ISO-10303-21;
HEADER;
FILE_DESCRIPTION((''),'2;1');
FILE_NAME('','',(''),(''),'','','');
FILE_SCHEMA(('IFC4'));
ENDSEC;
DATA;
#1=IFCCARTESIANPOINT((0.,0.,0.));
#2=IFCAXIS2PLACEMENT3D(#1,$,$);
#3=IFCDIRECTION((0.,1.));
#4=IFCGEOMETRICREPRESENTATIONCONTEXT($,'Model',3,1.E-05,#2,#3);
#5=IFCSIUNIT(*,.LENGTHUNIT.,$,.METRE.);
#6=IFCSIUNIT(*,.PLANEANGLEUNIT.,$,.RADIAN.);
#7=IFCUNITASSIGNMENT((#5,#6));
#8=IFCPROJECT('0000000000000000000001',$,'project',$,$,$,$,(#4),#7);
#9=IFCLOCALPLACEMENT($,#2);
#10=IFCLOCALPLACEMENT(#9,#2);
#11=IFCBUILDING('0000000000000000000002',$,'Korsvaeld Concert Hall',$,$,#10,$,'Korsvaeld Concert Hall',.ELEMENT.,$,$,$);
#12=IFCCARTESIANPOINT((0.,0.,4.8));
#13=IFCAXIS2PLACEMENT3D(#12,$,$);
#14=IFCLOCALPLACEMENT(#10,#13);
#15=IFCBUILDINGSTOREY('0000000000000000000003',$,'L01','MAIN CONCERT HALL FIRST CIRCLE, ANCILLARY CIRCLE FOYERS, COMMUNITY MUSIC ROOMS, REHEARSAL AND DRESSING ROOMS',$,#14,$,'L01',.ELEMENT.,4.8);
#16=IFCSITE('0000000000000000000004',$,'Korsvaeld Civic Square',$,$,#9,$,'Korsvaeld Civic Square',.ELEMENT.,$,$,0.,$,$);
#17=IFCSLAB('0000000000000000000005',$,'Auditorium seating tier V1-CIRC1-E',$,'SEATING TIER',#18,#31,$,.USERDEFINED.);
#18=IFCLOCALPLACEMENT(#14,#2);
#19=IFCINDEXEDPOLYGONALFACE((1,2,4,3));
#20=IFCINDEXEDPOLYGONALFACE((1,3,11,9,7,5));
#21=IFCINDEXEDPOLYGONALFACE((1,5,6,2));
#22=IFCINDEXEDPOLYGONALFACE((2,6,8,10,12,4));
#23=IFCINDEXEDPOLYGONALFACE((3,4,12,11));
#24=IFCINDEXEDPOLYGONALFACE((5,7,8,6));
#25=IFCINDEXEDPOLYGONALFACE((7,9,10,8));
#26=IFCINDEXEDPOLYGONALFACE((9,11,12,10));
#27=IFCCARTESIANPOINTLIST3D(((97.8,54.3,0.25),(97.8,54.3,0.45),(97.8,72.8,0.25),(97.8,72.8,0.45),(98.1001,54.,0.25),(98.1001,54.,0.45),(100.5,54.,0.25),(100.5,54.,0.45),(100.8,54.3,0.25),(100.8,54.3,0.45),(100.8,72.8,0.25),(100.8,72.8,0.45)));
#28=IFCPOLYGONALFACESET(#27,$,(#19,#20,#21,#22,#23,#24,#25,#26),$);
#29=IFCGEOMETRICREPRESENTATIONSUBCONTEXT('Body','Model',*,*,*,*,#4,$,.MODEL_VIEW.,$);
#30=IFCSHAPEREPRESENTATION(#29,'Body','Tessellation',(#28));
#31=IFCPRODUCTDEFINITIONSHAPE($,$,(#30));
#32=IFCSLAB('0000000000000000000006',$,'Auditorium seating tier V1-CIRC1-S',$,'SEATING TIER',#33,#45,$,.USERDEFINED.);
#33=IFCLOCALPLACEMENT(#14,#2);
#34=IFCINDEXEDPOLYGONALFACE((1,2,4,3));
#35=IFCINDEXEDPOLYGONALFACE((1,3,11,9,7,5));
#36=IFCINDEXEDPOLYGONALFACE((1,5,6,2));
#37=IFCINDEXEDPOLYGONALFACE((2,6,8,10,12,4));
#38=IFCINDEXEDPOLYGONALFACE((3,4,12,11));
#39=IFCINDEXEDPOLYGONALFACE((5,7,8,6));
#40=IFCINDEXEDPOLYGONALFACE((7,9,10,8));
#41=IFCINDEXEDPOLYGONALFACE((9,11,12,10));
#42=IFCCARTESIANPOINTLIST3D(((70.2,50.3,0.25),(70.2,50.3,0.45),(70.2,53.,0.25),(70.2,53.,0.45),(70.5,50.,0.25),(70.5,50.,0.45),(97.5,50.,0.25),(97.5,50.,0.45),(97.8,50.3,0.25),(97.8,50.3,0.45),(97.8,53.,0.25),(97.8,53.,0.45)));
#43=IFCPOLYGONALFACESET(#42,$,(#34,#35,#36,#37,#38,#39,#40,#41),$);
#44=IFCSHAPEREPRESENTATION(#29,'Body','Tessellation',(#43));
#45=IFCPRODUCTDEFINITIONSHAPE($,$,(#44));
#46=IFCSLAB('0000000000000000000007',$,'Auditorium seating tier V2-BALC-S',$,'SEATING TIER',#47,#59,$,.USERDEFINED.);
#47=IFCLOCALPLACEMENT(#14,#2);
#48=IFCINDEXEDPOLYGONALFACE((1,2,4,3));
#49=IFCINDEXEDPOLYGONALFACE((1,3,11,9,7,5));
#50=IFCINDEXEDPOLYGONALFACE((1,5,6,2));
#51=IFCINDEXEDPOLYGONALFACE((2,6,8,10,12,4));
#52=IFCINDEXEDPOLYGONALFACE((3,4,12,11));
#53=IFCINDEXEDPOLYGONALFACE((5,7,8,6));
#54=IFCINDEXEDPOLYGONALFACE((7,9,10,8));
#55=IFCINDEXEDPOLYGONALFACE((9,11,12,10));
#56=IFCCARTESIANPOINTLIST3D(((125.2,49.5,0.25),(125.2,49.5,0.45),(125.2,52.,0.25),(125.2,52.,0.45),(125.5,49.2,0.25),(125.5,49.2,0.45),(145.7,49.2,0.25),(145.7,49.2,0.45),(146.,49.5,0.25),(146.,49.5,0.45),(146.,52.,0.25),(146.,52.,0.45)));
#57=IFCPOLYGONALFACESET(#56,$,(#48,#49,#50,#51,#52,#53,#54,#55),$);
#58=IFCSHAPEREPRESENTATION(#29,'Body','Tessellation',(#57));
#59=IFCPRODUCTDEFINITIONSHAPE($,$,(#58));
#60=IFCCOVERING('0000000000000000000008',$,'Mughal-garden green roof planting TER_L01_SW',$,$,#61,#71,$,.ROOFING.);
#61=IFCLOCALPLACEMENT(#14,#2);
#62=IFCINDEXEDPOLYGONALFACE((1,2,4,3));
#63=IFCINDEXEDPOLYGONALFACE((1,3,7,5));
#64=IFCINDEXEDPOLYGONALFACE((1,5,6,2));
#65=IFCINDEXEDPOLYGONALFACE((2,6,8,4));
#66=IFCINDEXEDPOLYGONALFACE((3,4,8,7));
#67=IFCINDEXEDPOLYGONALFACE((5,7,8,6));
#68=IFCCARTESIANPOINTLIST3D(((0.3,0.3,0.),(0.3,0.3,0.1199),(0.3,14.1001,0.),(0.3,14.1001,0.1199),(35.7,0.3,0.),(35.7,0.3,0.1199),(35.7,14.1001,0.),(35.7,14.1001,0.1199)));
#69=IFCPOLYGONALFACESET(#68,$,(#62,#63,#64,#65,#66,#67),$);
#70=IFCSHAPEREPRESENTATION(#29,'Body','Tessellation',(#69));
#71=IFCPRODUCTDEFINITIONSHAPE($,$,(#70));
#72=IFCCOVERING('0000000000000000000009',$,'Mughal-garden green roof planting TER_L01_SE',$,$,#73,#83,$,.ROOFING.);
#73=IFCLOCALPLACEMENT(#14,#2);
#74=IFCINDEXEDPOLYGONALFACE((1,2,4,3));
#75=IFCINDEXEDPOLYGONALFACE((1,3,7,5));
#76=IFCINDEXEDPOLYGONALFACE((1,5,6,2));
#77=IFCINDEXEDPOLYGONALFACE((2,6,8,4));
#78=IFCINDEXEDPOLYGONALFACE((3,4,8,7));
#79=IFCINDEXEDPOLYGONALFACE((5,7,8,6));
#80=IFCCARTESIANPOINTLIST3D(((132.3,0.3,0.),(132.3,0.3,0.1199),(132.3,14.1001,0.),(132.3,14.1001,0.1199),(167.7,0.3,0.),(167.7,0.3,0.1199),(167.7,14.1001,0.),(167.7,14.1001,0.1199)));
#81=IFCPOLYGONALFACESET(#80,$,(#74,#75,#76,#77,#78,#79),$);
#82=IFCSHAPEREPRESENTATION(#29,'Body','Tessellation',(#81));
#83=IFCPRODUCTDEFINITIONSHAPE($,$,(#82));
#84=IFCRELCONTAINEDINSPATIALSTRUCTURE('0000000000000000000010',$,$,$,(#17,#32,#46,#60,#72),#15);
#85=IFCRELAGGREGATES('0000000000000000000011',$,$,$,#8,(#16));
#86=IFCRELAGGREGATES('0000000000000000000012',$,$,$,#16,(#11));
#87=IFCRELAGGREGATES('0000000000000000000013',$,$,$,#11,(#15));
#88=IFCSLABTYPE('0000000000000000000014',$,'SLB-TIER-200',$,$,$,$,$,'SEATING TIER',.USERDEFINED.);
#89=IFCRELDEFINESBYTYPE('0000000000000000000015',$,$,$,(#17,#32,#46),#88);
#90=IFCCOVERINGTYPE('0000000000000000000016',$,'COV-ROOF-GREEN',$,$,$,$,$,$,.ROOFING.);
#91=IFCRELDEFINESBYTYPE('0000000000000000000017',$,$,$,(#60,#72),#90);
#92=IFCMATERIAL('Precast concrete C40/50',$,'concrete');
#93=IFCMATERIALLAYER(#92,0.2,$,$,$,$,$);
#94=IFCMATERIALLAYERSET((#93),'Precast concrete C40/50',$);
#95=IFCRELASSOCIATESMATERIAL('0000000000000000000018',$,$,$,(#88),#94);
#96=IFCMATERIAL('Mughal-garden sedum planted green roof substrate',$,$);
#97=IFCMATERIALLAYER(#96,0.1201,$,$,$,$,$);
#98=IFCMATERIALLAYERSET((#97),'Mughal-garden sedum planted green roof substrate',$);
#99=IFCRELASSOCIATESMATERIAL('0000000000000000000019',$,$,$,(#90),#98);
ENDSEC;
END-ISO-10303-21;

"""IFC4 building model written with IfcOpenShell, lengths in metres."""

from ifc_helpers import new_model, si_unit, direction, frame, origin, place, context, subcontext, project, spatial, polyline, outline, extrude, material, layer, layer_set, type_object, element, save


model = new_model("IFC4")

# Units and contexts
model_context = context("Model", 3, precision=1e-05, world=origin(), true_north=direction((0.0, 1.0)))
body_context = subcontext(model_context, "Body", "Model", "MODEL_VIEW")
ifc_project = project(units=[si_unit("LENGTHUNIT", "METRE"), si_unit("PLANEANGLEUNIT", "RADIAN")], contexts=[model_context])

# Site, building, storey
site_placement = place(None, origin())
site = spatial("IfcSite", under=ifc_project, at=site_placement, Name="Korsvaeld Civic Square", LongName="Korsvaeld Civic Square", CompositionType="ELEMENT", RefElevation=0.0)
building_placement = place(site_placement, origin())
building = spatial("IfcBuilding", under=site, at=building_placement, Name="Korsvaeld Concert Hall", LongName="Korsvaeld Concert Hall", CompositionType="ELEMENT")
storey_placement = place(building_placement, frame((0.0, 0.0, 4.8)))
storey = spatial("IfcBuildingStorey", under=building, at=storey_placement, Name="L01", Description="MAIN CONCERT HALL FIRST CIRCLE, ANCILLARY CIRCLE FOYERS, COMMUNITY MUSIC ROOMS, REHEARSAL AND DRESSING ROOMS", LongName="L01", CompositionType="ELEMENT", Elevation=4.8)

# Shared definitions
ifc_material_1 = material(Name="Precast concrete C40/50", Category="concrete")

# Slabs
ifc_layer_1 = layer(ifc_material_1, 0.2)
ifc_layer_set_1 = layer_set([ifc_layer_1], Name="Precast concrete C40/50")
slab_type_1 = type_object("IfcSlabType", Name="SLB-TIER-200", ElementType="SEATING TIER", PredefinedType="USERDEFINED", material=ifc_layer_set_1)
slab_1_placement = place(storey_placement, frame((0.0, 0.0, 0.25)))
element("IfcSlab", 1, at=slab_1_placement, inside=storey, type_object=slab_type_1, Name="Auditorium seating tier V1-CIRC1-E", ObjectType="SEATING TIER", PredefinedType="USERDEFINED", context=body_context, shape_type="SweptSolid", body=[
    extrude(outline(polyline([(97.8, 54.3), (98.1001, 54.0), (100.5, 54.0), (100.8, 54.3), (100.8, 72.8), (97.8, 72.8), (97.8, 54.3)])), origin(), (0.0, 0.0, 1.0), 0.2),
])
slab_2_placement = place(storey_placement, frame((0.0, 0.0, 0.25)))
element("IfcSlab", 2, at=slab_2_placement, inside=storey, type_object=slab_type_1, Name="Auditorium seating tier V1-CIRC1-S", ObjectType="SEATING TIER", PredefinedType="USERDEFINED", context=body_context, shape_type="SweptSolid", body=[
    extrude(outline(polyline([(70.2, 50.3), (70.5, 50.0), (97.5, 50.0), (97.8, 50.3), (97.8, 53.0), (70.2, 53.0), (70.2, 50.3)])), origin(), (0.0, 0.0, 1.0), 0.2),
])
slab_3_placement = place(storey_placement, frame((0.0, 0.0, 0.25)))
element("IfcSlab", 3, at=slab_3_placement, inside=storey, type_object=slab_type_1, Name="Auditorium seating tier V2-BALC-S", ObjectType="SEATING TIER", PredefinedType="USERDEFINED", context=body_context, shape_type="SweptSolid", body=[
    extrude(outline(polyline([(125.2, 49.5), (125.5, 49.2), (145.7, 49.2), (146.0, 49.5), (146.0, 52.0), (125.2, 52.0), (125.2, 49.5)])), origin(), (0.0, 0.0, 1.0), 0.2),
])

# Coverings
ifc_material_2 = material(Name="Mughal-garden sedum planted green roof substrate")
ifc_layer_2 = layer(ifc_material_2, 0.1201)
ifc_layer_set_2 = layer_set([ifc_layer_2], Name="Mughal-garden sedum planted green roof substrate")
covering_type = type_object("IfcCoveringType", Name="COV-ROOF-GREEN", PredefinedType="ROOFING", material=ifc_layer_set_2)
covering_1_placement = place(storey_placement, origin())
element("IfcCovering", 4, at=covering_1_placement, inside=storey, type_object=covering_type, Name="Mughal-garden green roof planting TER_L01_SW", PredefinedType="ROOFING", context=body_context, shape_type="SweptSolid", body=[
    extrude(outline(polyline([(35.7, 0.3), (35.7, 14.1001), (0.3, 14.1001), (0.3, 0.3), (35.7, 0.3)])), origin(), (0.0, 0.0, 1.0), 0.1199),
])
covering_2_placement = place(storey_placement, origin())
element("IfcCovering", 5, at=covering_2_placement, inside=storey, type_object=covering_type, Name="Mughal-garden green roof planting TER_L01_SE", PredefinedType="ROOFING", context=body_context, shape_type="SweptSolid", body=[
    extrude(outline(polyline([(167.7, 0.3), (167.7, 14.1001), (132.3, 14.1001), (132.3, 0.3), (167.7, 0.3)])), origin(), (0.0, 0.0, 1.0), 0.1199),
])

save(model, "model.ifc")
